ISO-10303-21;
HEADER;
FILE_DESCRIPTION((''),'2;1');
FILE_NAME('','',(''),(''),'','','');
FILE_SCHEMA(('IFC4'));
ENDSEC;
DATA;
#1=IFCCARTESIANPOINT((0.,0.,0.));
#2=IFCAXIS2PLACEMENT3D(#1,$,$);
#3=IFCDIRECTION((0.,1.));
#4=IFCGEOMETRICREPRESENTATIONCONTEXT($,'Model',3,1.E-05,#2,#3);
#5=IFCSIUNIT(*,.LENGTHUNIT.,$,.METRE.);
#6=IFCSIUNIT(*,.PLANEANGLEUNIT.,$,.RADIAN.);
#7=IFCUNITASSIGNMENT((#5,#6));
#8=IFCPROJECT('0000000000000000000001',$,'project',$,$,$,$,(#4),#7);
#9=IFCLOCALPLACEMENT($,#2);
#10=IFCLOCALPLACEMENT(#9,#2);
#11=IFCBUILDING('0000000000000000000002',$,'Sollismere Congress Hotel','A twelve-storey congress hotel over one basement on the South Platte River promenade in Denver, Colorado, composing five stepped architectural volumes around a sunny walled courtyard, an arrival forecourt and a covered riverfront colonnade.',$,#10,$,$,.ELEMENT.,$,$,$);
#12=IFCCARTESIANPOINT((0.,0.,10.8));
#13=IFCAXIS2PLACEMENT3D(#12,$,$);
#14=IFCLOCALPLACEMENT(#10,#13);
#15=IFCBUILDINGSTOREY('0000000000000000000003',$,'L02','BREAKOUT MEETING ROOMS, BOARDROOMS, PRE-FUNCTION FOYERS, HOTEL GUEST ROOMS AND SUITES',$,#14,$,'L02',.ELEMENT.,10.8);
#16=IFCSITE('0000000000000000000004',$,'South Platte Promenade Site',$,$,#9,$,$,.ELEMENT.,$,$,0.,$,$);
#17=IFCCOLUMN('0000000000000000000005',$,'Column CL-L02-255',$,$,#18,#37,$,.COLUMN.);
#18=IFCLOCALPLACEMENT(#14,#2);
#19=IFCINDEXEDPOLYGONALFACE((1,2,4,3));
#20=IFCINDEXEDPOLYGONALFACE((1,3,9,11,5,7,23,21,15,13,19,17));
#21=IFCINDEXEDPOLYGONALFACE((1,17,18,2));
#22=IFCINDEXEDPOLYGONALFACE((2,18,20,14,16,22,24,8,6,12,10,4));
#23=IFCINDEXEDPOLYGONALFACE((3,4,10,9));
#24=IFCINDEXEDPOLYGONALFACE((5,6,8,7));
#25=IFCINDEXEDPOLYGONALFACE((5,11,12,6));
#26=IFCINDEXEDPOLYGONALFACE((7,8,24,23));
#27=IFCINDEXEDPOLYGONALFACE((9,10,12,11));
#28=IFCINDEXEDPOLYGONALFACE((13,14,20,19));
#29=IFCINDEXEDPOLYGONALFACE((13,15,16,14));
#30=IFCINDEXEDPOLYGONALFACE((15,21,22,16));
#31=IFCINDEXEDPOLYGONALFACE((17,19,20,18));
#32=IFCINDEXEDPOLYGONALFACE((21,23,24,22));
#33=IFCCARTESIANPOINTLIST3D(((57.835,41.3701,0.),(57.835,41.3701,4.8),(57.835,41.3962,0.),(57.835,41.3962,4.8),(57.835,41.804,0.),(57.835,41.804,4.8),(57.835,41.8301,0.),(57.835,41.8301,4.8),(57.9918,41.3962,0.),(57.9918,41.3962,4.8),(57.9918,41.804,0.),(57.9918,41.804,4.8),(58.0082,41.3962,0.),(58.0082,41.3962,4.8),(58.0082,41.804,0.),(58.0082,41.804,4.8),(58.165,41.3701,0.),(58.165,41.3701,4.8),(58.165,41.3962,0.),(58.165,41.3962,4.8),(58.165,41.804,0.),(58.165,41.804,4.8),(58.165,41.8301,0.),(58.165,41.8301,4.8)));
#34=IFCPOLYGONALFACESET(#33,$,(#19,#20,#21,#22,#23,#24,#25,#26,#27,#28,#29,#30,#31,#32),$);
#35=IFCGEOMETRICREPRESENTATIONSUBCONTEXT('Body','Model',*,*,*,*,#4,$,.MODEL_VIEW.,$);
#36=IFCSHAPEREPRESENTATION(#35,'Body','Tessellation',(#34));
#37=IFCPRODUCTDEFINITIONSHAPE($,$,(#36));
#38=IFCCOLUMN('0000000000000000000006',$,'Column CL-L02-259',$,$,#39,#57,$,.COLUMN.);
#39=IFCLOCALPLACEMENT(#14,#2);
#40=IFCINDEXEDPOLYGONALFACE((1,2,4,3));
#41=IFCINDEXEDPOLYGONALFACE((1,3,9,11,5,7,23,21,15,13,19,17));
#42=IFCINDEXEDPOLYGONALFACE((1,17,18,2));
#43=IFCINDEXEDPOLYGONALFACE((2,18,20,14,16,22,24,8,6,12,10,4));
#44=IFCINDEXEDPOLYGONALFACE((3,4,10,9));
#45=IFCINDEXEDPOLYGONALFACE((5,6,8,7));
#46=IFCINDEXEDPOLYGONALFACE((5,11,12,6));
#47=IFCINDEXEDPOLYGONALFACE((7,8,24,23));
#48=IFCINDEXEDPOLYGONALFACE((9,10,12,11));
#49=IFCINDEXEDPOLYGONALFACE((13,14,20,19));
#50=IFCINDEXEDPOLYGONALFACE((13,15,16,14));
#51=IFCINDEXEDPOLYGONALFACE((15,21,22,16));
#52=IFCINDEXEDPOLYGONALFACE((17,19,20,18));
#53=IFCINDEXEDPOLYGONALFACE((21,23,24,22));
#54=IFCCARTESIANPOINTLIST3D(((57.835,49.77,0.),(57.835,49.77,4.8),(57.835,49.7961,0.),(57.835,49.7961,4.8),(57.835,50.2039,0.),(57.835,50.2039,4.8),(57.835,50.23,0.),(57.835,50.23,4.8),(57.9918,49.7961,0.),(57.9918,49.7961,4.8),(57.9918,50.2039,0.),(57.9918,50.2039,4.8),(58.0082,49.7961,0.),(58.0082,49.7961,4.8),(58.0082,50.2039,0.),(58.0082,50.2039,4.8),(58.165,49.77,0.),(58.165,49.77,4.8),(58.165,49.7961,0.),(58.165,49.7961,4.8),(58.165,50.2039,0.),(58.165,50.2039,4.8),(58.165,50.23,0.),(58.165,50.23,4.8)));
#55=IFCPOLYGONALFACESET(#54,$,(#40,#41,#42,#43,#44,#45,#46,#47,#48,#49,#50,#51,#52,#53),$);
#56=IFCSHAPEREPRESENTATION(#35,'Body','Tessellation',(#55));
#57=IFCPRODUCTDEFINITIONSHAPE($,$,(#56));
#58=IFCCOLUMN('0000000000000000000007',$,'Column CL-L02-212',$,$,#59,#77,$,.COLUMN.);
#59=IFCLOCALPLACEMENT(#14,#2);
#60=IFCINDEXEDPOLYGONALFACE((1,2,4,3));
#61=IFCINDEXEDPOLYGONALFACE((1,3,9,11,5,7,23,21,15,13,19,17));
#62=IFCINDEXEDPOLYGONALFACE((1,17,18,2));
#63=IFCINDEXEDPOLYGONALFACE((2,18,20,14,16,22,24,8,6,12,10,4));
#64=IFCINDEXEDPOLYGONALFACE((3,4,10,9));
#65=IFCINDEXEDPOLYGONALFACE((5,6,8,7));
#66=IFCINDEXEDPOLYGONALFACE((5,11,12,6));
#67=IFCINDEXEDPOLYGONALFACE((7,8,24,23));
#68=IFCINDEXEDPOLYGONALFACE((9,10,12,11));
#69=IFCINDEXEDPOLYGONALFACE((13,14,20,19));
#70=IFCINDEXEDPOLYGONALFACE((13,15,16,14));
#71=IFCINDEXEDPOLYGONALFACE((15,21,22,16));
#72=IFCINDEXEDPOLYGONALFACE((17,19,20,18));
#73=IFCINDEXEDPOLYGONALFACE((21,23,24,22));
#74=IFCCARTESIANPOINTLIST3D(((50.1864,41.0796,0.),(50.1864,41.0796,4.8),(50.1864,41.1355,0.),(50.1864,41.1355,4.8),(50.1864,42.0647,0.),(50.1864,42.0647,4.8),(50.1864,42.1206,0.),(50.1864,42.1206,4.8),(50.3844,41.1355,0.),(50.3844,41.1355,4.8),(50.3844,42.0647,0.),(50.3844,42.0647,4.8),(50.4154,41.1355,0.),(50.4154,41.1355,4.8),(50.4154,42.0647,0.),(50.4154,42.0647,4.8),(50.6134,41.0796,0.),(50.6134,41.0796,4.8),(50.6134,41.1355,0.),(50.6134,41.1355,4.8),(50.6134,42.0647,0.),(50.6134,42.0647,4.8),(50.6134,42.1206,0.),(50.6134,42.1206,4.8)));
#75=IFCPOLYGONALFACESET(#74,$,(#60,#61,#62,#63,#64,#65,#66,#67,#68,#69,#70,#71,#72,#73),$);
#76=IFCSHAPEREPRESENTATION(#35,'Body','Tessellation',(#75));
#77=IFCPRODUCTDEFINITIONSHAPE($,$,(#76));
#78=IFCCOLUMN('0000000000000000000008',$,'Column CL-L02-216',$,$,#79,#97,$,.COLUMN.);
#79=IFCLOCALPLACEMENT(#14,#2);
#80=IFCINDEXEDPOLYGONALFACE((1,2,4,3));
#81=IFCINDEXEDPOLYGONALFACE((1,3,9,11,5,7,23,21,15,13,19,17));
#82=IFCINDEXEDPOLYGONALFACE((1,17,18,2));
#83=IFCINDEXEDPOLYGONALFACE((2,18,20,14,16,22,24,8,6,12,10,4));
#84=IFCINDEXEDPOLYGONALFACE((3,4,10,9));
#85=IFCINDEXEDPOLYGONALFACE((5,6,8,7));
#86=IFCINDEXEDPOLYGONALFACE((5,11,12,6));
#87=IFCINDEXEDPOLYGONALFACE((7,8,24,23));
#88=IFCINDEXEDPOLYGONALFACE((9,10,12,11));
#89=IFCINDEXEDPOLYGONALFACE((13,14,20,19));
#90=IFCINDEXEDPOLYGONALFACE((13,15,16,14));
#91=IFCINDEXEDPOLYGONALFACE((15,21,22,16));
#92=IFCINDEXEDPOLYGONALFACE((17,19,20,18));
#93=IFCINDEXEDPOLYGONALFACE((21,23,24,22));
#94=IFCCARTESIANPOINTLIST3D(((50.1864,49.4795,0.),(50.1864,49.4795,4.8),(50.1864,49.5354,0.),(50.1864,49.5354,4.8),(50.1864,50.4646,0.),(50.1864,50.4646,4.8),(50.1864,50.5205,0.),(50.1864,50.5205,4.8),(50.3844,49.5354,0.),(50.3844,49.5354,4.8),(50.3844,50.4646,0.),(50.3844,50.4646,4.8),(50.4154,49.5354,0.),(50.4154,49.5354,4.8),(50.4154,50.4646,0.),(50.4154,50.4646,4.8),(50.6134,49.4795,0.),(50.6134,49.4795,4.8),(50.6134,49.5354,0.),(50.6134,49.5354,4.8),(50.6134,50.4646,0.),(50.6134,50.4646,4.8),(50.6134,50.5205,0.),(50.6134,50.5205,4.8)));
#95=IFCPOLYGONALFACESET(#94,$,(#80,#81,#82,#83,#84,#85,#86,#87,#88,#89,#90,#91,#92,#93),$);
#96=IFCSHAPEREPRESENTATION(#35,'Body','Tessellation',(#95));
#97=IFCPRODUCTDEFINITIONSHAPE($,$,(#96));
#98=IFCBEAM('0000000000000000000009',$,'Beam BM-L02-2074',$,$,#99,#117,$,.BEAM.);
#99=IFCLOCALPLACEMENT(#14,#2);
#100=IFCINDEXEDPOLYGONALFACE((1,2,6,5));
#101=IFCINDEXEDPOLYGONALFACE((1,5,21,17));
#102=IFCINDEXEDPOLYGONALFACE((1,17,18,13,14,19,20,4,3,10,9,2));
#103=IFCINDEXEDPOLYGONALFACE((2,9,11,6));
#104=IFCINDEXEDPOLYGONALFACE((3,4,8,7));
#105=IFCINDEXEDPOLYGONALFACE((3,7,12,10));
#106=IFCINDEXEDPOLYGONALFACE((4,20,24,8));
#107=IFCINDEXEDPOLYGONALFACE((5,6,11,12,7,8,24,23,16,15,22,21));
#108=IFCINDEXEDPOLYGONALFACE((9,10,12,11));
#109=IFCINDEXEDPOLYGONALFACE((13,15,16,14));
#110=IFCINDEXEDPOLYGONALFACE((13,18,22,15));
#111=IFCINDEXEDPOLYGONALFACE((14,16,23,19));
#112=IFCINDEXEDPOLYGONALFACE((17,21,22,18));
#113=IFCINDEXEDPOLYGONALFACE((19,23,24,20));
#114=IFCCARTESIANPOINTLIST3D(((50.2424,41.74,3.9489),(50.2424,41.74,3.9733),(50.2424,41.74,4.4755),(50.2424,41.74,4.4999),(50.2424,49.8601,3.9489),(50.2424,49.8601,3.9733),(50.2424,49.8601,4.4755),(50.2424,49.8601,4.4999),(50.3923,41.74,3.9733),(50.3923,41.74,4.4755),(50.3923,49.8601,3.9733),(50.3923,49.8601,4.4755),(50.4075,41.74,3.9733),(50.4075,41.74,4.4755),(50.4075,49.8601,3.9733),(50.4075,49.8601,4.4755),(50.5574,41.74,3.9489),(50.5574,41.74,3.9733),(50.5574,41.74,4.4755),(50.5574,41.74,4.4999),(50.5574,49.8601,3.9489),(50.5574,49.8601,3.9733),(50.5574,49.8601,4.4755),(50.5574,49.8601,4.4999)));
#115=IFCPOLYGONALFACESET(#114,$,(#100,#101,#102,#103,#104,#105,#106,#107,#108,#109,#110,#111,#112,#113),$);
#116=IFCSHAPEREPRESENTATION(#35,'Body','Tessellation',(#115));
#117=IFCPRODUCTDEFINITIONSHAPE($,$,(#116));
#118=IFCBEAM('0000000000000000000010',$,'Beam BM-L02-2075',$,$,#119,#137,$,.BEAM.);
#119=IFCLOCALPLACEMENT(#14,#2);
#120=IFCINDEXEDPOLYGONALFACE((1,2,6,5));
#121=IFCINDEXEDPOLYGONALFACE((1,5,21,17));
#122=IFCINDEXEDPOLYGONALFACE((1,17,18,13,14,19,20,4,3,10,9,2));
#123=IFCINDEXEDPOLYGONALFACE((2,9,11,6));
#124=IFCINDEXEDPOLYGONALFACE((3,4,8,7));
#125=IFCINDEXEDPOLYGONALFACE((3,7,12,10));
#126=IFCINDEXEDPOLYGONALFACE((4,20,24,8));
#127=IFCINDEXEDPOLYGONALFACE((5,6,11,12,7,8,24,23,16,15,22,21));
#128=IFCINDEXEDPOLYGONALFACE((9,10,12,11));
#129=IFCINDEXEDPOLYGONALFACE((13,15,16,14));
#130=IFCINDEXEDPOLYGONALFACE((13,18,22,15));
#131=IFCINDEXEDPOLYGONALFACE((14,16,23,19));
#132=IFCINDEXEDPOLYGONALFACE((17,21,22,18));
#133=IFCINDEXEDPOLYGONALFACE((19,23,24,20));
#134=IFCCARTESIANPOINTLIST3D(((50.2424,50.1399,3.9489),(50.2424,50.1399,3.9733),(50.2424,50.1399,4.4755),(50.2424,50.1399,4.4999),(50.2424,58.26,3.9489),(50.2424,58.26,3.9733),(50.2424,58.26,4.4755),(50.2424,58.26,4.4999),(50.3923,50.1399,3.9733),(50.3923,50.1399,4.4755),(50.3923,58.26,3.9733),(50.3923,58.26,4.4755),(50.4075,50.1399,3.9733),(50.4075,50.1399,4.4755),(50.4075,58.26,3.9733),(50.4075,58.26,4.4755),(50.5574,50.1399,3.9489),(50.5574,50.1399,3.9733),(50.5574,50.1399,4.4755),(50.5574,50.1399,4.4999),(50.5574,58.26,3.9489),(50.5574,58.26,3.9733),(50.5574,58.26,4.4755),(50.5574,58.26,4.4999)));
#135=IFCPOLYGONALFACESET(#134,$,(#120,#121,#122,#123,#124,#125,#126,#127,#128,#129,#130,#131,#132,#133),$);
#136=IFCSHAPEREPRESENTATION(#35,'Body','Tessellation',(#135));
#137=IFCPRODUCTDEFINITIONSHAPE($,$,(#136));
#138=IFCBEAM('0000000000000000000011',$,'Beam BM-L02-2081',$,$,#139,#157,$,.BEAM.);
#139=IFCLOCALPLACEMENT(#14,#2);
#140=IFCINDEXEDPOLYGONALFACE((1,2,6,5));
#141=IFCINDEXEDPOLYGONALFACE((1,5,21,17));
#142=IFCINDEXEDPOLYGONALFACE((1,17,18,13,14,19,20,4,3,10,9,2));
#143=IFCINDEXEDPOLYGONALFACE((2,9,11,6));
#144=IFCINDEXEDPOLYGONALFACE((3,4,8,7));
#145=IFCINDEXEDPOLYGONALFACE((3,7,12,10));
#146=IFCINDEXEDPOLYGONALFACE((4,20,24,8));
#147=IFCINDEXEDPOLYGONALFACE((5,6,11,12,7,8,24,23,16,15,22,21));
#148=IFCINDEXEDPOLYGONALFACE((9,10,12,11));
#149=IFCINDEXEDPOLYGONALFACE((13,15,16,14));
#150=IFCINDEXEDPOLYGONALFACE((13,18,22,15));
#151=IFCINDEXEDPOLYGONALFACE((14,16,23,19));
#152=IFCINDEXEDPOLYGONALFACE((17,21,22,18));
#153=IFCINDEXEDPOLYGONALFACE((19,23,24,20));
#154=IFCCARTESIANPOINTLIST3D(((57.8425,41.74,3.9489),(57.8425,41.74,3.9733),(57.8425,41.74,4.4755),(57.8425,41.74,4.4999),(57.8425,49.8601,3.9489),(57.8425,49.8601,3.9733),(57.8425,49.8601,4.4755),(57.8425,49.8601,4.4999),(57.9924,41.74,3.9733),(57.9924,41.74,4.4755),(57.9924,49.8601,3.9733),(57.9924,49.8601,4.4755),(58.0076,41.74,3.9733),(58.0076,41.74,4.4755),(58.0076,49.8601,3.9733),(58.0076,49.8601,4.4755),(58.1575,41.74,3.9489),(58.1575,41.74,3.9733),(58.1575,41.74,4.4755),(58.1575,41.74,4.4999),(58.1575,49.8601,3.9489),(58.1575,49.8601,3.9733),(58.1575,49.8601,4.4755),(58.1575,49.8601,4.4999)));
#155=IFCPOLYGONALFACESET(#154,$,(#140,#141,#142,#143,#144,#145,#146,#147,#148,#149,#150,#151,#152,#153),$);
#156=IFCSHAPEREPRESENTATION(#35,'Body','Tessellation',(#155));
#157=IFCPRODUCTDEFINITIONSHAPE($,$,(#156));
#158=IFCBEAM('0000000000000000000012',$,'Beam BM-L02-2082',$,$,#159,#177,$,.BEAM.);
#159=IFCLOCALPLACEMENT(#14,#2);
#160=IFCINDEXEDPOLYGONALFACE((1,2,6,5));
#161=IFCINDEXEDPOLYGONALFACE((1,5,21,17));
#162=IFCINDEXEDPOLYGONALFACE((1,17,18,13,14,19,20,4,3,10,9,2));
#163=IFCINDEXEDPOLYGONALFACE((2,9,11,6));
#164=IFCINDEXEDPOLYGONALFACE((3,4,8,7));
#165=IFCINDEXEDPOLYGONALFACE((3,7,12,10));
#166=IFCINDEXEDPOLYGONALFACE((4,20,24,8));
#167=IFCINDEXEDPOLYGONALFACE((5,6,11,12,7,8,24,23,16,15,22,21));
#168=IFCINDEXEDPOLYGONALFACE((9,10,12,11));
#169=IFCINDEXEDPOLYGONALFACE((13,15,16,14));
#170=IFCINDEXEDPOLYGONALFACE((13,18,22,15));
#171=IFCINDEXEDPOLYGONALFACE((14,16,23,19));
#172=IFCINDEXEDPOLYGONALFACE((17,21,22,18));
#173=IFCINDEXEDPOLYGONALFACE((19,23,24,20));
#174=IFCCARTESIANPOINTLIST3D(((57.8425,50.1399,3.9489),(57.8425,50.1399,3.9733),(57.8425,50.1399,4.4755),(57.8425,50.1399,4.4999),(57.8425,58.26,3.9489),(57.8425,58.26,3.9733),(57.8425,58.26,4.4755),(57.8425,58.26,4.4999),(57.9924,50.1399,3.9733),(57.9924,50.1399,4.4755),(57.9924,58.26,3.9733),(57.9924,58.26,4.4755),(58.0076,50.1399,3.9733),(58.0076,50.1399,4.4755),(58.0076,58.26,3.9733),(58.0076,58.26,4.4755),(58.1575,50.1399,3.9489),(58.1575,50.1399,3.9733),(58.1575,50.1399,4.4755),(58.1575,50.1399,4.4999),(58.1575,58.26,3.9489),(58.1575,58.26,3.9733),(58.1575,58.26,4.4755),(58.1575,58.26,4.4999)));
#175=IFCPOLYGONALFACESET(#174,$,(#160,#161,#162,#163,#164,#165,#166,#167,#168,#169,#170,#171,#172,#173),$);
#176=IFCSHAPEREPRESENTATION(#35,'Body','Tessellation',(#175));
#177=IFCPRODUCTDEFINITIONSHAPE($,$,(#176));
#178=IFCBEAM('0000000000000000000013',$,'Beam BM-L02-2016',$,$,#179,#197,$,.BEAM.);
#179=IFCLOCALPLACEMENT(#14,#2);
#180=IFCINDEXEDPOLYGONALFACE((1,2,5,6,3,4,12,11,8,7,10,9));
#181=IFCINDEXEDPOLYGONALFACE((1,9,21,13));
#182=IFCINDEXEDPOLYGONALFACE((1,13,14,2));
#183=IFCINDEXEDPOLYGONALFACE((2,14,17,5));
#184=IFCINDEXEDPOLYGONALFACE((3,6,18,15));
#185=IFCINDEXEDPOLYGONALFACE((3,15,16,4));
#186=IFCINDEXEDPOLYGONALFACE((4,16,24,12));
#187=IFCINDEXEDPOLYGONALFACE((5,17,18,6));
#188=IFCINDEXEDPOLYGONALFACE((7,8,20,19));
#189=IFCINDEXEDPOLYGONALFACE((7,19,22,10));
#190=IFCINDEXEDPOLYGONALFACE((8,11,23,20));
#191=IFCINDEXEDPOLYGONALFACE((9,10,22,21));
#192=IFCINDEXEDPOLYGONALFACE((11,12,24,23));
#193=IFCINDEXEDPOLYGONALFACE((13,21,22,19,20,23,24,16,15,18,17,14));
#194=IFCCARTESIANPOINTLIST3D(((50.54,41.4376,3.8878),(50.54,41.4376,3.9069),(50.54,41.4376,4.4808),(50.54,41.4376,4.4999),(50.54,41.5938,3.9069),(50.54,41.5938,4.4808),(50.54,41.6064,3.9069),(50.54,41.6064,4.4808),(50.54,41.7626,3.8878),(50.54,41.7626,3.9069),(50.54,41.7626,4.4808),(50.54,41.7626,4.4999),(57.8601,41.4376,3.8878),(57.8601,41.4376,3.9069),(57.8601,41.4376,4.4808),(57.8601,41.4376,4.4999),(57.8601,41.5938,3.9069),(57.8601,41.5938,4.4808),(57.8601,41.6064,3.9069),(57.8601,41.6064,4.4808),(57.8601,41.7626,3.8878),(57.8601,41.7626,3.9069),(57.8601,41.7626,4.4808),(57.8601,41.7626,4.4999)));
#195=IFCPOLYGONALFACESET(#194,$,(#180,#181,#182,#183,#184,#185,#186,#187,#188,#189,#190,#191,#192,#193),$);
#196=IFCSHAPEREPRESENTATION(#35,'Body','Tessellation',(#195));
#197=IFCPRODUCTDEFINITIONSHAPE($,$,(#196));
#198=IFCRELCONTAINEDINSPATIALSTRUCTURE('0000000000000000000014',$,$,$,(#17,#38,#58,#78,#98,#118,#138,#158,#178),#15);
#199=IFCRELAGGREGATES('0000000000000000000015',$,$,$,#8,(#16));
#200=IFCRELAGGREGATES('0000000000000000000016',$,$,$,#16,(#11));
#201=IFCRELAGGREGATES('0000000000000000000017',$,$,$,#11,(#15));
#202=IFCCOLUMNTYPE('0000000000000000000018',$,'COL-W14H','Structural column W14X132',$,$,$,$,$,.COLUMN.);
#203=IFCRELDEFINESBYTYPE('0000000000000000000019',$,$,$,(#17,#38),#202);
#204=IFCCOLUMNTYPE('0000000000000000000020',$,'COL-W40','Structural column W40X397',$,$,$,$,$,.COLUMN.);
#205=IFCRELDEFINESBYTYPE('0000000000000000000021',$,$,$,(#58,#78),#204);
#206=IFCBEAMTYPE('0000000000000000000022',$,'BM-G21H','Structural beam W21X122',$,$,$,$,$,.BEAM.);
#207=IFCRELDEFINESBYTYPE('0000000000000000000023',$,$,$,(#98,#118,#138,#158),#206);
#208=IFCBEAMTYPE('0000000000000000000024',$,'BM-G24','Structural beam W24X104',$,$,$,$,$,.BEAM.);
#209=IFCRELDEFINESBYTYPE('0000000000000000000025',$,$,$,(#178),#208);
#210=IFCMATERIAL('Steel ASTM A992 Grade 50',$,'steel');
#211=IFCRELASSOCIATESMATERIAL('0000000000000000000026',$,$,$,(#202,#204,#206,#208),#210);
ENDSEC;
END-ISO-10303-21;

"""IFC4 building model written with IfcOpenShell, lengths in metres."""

from ifc_helpers import new_model, si_unit, direction, frame, origin, origin_2d, place, context, subcontext, project, spatial, i_section, extrude, material, material_profile, profile_set, type_object, element, save


model = new_model("IFC4")

# Units and contexts
model_context = context("Model", 3, precision=1e-05, world=origin(), true_north=direction((0.0, 1.0)))
body_context = subcontext(model_context, "Body", "Model", "MODEL_VIEW")
ifc_project = project(units=[si_unit("LENGTHUNIT", "METRE"), si_unit("PLANEANGLEUNIT", "RADIAN")], contexts=[model_context])

# Site, building, storey
site_placement = place(None, origin())
site = spatial("IfcSite", under=ifc_project, at=site_placement, Name="South Platte Promenade Site", CompositionType="ELEMENT", RefElevation=0.0)
building_placement = place(site_placement, origin())
building = spatial("IfcBuilding", under=site, at=building_placement, Name="Sollismere Congress Hotel", Description="A twelve-storey congress hotel over one basement on the South Platte River promenade in Denver, Colorado, composing five stepped architectural volumes around a sunny walled courtyard, an arrival forecourt and a covered riverfront colonnade.", CompositionType="ELEMENT")
storey_placement = place(building_placement, frame((0.0, 0.0, 10.8)))
storey = spatial("IfcBuildingStorey", under=building, at=storey_placement, Name="L02", Description="BREAKOUT MEETING ROOMS, BOARDROOMS, PRE-FUNCTION FOYERS, HOTEL GUEST ROOMS AND SUITES", LongName="L02", CompositionType="ELEMENT", Elevation=10.8)

# Columns
ifc_material_1 = material(Name="Steel ASTM A992 Grade 50", Category="steel")
ifc_material_profile_1 = material_profile(ifc_material_1, i_section(OverallWidth=0.3301, OverallDepth=0.46, WebThickness=0.0164, FlangeThickness=0.0261, at=origin_2d()), Name="W14X132")
ifc_profile_set_1 = profile_set([ifc_material_profile_1], Name="Steel ASTM A992 Grade 50")
column_type_1 = type_object("IfcColumnType", Name="COL-W14H", Description="Structural column W14X132", PredefinedType="COLUMN", material=ifc_profile_set_1)
for number, where, z_axis, x_axis, name in (
    (1, (58.0, 41.6001, 0.0), (0.0, 0.0, 1.0), (1.0, 0.0, 0.0), "Column CL-L02-255"),
    (2, (58.0, 50.0, 0.0), (0.0, 0.0, 1.0), (1.0, 0.0, 0.0), "Column CL-L02-259"),
):
    element("IfcColumn", number, at=place(storey_placement, frame(where, z_axis=z_axis, x_axis=x_axis)), inside=storey, type_object=column_type_1, Name=name, PredefinedType="COLUMN", context=body_context, shape_type="SweptSolid", body=[
        extrude(i_section(OverallWidth=0.3301, OverallDepth=0.46, WebThickness=0.0164, FlangeThickness=0.0261, at=origin_2d()), origin(), (0.0, 0.0, 1.0), 4.8),
    ])
ifc_material_profile_2 = material_profile(ifc_material_1, i_section(OverallWidth=0.427, OverallDepth=1.041, WebThickness=0.031, FlangeThickness=0.0559, at=origin_2d()), Name="W40X397")
ifc_profile_set_2 = profile_set([ifc_material_profile_2], Name="Steel ASTM A992 Grade 50")
column_type_2 = type_object("IfcColumnType", Name="COL-W40", Description="Structural column W40X397", PredefinedType="COLUMN", material=ifc_profile_set_2)
for number, where, z_axis, x_axis, name in (
    (3, (50.3999, 41.6001, 0.0), (0.0, 0.0, 1.0), (1.0, 0.0, 0.0), "Column CL-L02-212"),
    (4, (50.3999, 50.0, 0.0), (0.0, 0.0, 1.0), (1.0, 0.0, 0.0), "Column CL-L02-216"),
):
    element("IfcColumn", number, at=place(storey_placement, frame(where, z_axis=z_axis, x_axis=x_axis)), inside=storey, type_object=column_type_2, Name=name, PredefinedType="COLUMN", context=body_context, shape_type="SweptSolid", body=[
        extrude(i_section(OverallWidth=0.427, OverallDepth=1.041, WebThickness=0.031, FlangeThickness=0.0559, at=origin_2d()), origin(), (0.0, 0.0, 1.0), 4.8),
    ])

# Beams
ifc_material_profile_3 = material_profile(ifc_material_1, i_section(OverallWidth=0.3149, OverallDepth=0.551, WebThickness=0.0151, FlangeThickness=0.0244, at=origin_2d()), Name="W21X122")
ifc_profile_set_3 = profile_set([ifc_material_profile_3], Name="Steel ASTM A992 Grade 50")
beam_type_1 = type_object("IfcBeamType", Name="BM-G21H", Description="Structural beam W21X122", PredefinedType="BEAM", material=ifc_profile_set_3)
for number, where, z_axis, x_axis, name in (
    (5, (50.3999, 41.74, 4.2244), (0.0, 1.0, 0.0), (-1.0, 0.0, 0.0), "Beam BM-L02-2074"),
    (6, (50.3999, 50.1399, 4.2244), (0.0, 1.0, 0.0), (-1.0, 0.0, 0.0), "Beam BM-L02-2075"),
    (7, (58.0, 41.74, 4.2244), (0.0, 1.0, 0.0), (-1.0, 0.0, 0.0), "Beam BM-L02-2081"),
    (8, (58.0, 50.1399, 4.2244), (0.0, 1.0, 0.0), (-1.0, 0.0, 0.0), "Beam BM-L02-2082"),
):
    element("IfcBeam", number, at=place(storey_placement, frame(where, z_axis=z_axis, x_axis=x_axis)), inside=storey, type_object=beam_type_1, Name=name, PredefinedType="BEAM", context=body_context, shape_type="SweptSolid", body=[
        extrude(i_section(OverallWidth=0.3149, OverallDepth=0.551, WebThickness=0.0151, FlangeThickness=0.0244, at=origin_2d()), origin(), (0.0, 0.0, 1.0), 8.1201),
    ])
ifc_material_profile_4 = material_profile(ifc_material_1, i_section(OverallWidth=0.325, OverallDepth=0.6121, WebThickness=0.0127, FlangeThickness=0.019, at=origin_2d()), Name="W24X104")
ifc_profile_set_4 = profile_set([ifc_material_profile_4], Name="Steel ASTM A992 Grade 50")
beam_type_2 = type_object("IfcBeamType", Name="BM-G24", Description="Structural beam W24X104", PredefinedType="BEAM", material=ifc_profile_set_4)
for number, where, z_axis, x_axis, name in (
    (9, (50.54, 41.6001, 4.1938), (1.0, 0.0, 0.0), (0.0, 1.0, 0.0), "Beam BM-L02-2016"),
):
    element("IfcBeam", number, at=place(storey_placement, frame(where, z_axis=z_axis, x_axis=x_axis)), inside=storey, type_object=beam_type_2, Name=name, PredefinedType="BEAM", context=body_context, shape_type="SweptSolid", body=[
        extrude(i_section(OverallWidth=0.325, OverallDepth=0.6121, WebThickness=0.0127, FlangeThickness=0.019, at=origin_2d()), origin(), (0.0, 0.0, 1.0), 7.3201),
    ])

save(model, "model.ifc")
